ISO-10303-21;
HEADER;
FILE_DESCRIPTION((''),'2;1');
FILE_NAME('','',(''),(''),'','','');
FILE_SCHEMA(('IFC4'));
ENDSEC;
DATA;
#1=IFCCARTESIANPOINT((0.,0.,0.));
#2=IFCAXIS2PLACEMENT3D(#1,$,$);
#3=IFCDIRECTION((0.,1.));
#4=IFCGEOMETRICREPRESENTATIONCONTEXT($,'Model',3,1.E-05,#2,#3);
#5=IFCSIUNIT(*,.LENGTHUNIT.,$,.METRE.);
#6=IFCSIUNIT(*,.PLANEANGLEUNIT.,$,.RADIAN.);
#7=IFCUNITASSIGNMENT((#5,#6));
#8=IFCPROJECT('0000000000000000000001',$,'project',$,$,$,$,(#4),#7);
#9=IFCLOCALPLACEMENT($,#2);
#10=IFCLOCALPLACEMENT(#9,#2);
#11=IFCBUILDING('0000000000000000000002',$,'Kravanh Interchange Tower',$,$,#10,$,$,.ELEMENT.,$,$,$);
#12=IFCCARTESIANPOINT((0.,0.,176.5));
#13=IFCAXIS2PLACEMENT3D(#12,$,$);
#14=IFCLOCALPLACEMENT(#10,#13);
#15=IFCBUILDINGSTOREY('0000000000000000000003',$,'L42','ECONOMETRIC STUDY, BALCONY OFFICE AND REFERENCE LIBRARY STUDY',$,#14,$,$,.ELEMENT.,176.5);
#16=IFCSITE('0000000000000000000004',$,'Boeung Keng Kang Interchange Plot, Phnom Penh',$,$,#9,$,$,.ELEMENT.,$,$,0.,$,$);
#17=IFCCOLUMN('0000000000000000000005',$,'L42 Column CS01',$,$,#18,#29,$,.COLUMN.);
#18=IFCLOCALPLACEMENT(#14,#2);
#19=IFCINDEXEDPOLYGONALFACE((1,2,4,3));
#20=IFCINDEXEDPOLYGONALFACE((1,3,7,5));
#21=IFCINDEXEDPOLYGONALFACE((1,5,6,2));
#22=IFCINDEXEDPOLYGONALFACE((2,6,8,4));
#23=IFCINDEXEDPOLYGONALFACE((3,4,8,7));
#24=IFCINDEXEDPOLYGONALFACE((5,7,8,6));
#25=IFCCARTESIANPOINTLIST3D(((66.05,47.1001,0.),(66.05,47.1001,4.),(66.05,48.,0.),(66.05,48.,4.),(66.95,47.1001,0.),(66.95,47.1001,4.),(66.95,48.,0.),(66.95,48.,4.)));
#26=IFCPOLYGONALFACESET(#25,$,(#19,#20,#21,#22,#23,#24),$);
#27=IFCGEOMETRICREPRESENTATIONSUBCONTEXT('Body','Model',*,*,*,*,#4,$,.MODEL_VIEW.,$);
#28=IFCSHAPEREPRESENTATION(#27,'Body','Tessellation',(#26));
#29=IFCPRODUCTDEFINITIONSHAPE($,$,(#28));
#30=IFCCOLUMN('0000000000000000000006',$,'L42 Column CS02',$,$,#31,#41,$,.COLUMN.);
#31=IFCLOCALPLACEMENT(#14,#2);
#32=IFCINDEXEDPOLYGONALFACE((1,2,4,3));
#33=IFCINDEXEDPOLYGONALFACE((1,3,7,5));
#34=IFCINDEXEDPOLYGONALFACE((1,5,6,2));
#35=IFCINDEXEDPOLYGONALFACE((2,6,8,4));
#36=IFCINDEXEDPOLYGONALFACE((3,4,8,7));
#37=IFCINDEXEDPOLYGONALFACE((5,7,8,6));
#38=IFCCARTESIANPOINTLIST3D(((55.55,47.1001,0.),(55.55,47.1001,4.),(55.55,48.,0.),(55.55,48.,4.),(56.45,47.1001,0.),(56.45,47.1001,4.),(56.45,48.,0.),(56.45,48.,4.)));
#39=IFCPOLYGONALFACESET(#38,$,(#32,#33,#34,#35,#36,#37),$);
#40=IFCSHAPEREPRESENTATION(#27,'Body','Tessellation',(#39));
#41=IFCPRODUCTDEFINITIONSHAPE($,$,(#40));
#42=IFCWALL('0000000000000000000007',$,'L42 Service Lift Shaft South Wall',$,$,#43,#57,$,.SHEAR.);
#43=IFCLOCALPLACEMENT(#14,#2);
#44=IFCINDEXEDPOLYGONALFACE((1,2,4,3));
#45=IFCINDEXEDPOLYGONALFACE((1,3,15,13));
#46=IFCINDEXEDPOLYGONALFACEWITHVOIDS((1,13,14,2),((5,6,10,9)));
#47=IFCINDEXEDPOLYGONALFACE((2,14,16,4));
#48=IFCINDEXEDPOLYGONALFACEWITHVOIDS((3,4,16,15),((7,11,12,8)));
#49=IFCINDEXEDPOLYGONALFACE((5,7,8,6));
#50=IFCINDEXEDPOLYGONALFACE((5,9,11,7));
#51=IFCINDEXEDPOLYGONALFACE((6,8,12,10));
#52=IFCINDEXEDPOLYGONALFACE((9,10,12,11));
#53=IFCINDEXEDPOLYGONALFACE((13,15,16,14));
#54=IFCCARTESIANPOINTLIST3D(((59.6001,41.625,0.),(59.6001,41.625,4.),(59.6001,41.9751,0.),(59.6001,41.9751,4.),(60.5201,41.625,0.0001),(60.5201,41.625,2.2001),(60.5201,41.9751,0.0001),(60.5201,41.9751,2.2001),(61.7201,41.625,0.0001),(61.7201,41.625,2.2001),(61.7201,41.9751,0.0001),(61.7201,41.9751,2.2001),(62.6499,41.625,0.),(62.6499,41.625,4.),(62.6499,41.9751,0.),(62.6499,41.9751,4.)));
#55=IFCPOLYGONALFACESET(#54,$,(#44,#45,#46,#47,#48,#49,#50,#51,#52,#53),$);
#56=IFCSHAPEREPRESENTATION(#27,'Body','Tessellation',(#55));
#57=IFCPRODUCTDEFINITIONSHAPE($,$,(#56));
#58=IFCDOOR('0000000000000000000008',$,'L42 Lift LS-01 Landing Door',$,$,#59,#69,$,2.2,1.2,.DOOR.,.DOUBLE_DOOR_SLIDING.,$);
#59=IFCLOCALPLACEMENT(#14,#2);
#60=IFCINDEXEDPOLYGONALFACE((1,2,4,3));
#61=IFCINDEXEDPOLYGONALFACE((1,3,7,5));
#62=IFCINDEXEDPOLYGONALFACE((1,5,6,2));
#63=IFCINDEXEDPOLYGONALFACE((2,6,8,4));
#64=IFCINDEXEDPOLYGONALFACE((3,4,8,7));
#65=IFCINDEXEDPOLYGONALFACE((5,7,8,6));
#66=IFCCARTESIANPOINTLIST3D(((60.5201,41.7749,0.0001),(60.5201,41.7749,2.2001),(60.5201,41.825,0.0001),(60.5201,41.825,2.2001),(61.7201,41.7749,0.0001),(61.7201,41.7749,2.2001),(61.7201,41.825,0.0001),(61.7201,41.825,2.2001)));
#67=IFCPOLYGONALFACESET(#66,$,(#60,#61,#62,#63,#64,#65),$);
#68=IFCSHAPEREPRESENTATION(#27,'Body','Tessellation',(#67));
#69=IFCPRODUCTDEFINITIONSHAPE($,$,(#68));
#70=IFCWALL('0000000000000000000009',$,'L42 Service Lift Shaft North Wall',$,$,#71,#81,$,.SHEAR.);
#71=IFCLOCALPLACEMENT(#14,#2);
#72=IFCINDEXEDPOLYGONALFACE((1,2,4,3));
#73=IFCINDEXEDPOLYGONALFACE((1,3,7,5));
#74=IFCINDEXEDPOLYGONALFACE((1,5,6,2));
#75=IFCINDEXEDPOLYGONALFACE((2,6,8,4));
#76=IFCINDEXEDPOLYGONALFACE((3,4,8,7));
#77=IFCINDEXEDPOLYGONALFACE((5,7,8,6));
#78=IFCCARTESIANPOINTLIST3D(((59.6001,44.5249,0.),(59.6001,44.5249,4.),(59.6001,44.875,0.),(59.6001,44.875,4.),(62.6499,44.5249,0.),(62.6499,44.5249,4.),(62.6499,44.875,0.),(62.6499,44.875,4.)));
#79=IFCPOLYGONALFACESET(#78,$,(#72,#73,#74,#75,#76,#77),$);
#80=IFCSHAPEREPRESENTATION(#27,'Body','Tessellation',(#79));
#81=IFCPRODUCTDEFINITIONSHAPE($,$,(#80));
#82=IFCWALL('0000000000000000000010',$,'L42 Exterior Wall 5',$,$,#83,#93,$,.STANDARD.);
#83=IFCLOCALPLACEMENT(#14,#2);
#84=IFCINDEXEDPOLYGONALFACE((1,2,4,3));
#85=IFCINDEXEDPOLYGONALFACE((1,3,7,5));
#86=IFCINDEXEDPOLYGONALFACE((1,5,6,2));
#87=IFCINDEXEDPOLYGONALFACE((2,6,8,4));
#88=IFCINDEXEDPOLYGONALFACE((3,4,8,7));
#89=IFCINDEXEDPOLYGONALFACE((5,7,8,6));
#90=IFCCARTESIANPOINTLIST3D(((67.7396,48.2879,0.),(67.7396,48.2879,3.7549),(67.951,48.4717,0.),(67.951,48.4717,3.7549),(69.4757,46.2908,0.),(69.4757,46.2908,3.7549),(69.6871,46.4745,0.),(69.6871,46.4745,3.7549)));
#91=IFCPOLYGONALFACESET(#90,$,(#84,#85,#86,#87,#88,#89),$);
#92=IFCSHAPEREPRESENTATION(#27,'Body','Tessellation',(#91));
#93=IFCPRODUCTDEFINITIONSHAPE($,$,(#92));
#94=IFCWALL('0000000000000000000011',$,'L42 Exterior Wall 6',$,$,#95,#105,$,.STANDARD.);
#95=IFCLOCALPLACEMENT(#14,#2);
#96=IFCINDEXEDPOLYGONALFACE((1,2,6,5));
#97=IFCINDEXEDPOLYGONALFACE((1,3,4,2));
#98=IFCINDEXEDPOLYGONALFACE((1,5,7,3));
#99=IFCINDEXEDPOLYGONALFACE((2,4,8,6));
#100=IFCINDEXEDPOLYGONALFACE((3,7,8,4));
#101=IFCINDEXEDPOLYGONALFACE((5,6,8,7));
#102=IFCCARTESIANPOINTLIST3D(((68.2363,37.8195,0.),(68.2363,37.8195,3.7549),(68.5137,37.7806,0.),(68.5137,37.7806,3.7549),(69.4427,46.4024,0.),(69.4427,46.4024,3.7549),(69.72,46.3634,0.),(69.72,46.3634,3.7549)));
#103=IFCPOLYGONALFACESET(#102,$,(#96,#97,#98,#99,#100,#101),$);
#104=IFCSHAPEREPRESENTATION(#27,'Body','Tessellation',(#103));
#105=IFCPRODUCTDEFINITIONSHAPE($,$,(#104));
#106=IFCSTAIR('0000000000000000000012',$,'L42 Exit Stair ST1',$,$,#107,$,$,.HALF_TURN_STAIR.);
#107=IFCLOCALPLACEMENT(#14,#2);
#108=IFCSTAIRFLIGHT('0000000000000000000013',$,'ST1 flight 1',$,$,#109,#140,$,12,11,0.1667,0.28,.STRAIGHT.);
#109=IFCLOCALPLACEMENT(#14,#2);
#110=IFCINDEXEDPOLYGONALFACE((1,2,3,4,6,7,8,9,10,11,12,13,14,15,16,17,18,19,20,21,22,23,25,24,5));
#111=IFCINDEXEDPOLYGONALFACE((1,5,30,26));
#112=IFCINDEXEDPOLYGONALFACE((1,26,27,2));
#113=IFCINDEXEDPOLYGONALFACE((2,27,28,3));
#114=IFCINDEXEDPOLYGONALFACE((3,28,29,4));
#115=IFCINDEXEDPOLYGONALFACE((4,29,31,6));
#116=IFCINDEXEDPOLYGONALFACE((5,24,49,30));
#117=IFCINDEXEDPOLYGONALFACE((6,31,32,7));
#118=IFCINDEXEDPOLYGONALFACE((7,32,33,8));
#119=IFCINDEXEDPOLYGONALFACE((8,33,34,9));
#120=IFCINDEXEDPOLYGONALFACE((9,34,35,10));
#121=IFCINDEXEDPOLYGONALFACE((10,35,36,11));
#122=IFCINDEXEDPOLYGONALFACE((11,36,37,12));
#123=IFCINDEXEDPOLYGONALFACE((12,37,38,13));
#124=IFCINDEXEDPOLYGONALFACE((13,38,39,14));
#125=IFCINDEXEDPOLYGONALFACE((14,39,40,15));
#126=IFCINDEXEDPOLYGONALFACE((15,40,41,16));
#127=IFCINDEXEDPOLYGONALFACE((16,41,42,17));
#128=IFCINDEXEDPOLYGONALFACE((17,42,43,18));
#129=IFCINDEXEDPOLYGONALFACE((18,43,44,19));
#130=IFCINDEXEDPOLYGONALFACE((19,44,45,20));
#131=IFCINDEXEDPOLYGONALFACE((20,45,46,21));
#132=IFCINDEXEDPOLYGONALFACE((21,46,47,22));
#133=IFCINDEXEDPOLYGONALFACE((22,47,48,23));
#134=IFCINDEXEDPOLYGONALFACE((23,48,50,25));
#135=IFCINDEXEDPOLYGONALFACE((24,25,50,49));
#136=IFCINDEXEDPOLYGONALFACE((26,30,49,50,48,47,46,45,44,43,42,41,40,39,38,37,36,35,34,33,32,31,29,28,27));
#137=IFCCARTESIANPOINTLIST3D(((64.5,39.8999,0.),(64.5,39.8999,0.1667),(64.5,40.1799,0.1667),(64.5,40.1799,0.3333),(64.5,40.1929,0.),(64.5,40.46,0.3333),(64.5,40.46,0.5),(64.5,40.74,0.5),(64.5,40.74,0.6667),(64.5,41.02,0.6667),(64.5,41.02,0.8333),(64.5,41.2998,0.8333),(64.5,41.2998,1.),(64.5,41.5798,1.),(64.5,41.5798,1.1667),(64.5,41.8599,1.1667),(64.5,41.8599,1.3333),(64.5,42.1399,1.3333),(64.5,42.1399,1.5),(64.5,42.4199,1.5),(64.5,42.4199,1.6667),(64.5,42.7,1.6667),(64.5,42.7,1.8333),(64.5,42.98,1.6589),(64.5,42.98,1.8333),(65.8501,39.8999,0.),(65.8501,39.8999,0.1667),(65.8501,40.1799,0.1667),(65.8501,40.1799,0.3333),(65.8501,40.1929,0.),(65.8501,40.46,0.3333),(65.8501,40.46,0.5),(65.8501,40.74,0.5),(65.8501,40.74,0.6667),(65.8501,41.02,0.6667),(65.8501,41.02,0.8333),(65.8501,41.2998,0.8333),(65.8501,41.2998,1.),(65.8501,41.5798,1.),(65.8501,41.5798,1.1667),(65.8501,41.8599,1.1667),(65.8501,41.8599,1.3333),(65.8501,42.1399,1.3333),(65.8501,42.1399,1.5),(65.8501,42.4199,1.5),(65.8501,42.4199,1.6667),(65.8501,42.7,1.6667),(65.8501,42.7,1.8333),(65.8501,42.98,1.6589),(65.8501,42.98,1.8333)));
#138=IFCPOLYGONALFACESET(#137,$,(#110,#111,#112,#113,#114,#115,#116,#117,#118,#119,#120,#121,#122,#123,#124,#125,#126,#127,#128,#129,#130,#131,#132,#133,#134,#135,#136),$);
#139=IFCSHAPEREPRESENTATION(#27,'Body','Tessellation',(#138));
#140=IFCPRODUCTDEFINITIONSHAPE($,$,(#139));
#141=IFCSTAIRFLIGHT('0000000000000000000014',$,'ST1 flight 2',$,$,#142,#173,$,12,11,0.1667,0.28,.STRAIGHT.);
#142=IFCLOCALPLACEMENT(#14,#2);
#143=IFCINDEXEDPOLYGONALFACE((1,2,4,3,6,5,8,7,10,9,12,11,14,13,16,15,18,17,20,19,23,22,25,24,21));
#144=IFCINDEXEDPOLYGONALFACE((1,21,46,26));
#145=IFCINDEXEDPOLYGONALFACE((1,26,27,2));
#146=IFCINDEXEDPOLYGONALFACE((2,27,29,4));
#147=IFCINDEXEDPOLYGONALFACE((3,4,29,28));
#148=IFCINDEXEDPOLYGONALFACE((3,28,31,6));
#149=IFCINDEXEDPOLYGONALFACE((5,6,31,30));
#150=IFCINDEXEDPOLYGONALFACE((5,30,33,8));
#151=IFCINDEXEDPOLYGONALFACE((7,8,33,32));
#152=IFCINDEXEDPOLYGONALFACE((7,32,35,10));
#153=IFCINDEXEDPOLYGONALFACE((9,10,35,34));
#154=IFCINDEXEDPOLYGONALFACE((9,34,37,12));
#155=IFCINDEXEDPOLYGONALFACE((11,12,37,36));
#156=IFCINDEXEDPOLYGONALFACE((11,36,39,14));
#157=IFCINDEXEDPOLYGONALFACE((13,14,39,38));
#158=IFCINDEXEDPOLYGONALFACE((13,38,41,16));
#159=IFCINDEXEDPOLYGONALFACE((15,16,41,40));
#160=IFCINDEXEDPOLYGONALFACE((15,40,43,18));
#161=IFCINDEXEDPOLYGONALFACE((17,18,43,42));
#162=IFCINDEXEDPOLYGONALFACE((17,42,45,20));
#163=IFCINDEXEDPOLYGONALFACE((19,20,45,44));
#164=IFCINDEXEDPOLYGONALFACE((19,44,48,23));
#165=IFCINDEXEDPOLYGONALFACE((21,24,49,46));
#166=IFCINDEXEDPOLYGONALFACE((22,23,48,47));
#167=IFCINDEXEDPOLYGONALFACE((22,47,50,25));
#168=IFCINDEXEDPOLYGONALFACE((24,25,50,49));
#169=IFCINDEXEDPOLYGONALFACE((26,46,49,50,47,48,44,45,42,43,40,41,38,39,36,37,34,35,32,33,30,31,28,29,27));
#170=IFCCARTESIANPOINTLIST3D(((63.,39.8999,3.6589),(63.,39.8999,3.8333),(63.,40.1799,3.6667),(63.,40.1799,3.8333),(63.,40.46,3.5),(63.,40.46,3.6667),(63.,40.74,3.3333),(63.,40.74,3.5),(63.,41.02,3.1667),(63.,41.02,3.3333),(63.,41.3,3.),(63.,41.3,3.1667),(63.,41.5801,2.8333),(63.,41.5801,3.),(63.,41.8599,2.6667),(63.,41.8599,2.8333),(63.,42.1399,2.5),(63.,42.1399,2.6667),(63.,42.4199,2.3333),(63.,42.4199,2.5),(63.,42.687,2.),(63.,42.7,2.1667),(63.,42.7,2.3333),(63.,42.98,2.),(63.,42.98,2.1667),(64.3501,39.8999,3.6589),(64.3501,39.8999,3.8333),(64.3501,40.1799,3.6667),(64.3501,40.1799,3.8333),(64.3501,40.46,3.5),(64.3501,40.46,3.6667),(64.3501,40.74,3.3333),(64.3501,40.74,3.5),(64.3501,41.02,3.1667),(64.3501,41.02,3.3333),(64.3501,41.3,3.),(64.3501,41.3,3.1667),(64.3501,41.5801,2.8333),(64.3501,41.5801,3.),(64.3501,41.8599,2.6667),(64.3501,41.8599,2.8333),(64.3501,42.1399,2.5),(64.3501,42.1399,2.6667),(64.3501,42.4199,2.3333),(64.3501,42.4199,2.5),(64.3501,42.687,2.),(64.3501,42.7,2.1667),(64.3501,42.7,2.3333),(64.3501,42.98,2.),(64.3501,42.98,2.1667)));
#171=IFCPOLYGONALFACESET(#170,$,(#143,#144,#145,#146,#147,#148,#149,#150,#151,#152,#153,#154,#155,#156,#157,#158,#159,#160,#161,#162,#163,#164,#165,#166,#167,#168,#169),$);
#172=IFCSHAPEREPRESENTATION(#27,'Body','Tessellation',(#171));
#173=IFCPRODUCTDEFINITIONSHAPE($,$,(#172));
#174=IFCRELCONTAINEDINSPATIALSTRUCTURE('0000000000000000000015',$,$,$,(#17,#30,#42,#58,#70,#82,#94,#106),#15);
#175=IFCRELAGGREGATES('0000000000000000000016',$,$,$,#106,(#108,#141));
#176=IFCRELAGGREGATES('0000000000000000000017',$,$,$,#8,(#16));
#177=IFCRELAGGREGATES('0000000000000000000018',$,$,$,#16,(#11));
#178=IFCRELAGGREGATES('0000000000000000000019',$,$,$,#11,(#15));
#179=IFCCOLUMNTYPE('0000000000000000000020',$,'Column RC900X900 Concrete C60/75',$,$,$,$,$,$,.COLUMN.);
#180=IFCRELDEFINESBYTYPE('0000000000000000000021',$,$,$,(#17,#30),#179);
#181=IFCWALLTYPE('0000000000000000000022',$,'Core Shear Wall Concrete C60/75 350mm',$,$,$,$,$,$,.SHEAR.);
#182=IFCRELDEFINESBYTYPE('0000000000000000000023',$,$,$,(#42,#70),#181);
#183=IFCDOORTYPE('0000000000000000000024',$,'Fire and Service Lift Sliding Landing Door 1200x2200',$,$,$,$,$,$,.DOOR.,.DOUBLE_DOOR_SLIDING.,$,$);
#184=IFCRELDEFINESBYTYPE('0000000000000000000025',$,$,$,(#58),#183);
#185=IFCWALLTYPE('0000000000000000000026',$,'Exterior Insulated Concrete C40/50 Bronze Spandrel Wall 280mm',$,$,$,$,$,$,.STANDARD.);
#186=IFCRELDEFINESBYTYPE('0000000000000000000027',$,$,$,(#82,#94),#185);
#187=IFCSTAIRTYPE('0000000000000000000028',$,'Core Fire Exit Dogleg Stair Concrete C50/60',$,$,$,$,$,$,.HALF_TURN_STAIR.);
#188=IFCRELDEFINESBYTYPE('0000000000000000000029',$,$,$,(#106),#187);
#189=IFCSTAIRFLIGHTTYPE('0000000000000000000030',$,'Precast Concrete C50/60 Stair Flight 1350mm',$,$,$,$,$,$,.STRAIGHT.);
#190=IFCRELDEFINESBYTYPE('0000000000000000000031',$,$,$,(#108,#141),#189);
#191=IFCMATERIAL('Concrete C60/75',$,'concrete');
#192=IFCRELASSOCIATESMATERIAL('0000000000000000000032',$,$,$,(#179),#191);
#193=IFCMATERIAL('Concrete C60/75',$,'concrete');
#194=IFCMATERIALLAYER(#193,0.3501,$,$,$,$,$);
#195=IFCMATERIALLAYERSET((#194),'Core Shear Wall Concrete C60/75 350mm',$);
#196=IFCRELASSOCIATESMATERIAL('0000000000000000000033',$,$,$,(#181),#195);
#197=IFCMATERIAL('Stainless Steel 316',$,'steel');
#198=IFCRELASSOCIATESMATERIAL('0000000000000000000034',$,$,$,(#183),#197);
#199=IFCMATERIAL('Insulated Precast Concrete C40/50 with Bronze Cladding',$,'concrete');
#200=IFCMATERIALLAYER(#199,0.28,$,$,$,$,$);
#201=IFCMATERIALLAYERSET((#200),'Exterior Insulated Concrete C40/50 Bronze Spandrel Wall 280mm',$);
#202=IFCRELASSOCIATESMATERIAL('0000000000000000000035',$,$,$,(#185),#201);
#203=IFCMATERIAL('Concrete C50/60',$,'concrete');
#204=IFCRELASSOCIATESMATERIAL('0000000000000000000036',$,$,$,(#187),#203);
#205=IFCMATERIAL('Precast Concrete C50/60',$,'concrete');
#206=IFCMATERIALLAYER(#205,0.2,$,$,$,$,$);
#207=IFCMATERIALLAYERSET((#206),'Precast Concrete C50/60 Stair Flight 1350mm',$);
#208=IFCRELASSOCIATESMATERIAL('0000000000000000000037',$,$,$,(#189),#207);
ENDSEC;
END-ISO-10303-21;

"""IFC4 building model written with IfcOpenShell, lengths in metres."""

from ifc_helpers import new_model, si_unit, direction, frame, frame_2d, origin, origin_2d, place, context, subcontext, project, spatial, polyline, rectangle, outline, extrude, material, layer, layer_set, material_profile, profile_set, type_object, element, fill, aggregate, save


model = new_model("IFC4")

# Units and contexts
model_context = context("Model", 3, precision=1e-05, world=origin(), true_north=direction((0.0, 1.0)))
body_context = subcontext(model_context, "Body", "Model", "MODEL_VIEW")
ifc_project = project(units=[si_unit("LENGTHUNIT", "METRE"), si_unit("PLANEANGLEUNIT", "RADIAN")], contexts=[model_context])

# Site, building, storey
site_placement = place(None, origin())
site = spatial("IfcSite", under=ifc_project, at=site_placement, Name="Boeung Keng Kang Interchange Plot, Phnom Penh", CompositionType="ELEMENT", RefElevation=0.0)
building_placement = place(site_placement, origin())
building = spatial("IfcBuilding", under=site, at=building_placement, Name="Kravanh Interchange Tower", CompositionType="ELEMENT")
storey_placement = place(building_placement, frame((0.0, 0.0, 176.5)))
storey = spatial("IfcBuildingStorey", under=building, at=storey_placement, Name="L42", Description="ECONOMETRIC STUDY, BALCONY OFFICE AND REFERENCE LIBRARY STUDY", CompositionType="ELEMENT", Elevation=176.5)

# Columns
ifc_material_1 = material(Name="Concrete C60/75", Category="concrete")
ifc_material_profile = material_profile(ifc_material_1, rectangle(XDim=0.8999, YDim=0.8999, at=origin_2d()), Name="RC900X900")
ifc_profile_set = profile_set([ifc_material_profile], Name="Concrete C60/75")
column_type = type_object("IfcColumnType", Name="Column RC900X900 Concrete C60/75", PredefinedType="COLUMN", material=ifc_profile_set)
for number, where, z_axis, x_axis, name in (
    (1, (66.5, 47.55, 0.0), (0.0, 0.0, 1.0), (1.0, 0.0, 0.0), "L42 Column CS01"),
    (2, (56.0, 47.55, 0.0), (0.0, 0.0, 1.0), (1.0, 0.0, 0.0), "L42 Column CS02"),
):
    element("IfcColumn", number, at=place(storey_placement, frame(where, z_axis=z_axis, x_axis=x_axis)), inside=storey, type_object=column_type, Name=name, PredefinedType="COLUMN", context=body_context, shape_type="SweptSolid", body=[
        extrude(rectangle(XDim=0.8999, YDim=0.8999, at=origin_2d()), origin(), (0.0, 0.0, 1.0), 4.0),
    ])

# Wall, opening, door
ifc_material_2 = material(Name="Concrete C60/75", Category="concrete")
ifc_layer_1 = layer(ifc_material_2, 0.3501)
ifc_layer_set_1 = layer_set([ifc_layer_1], Name="Core Shear Wall Concrete C60/75 350mm")
wall_type_1 = type_object("IfcWallType", Name="Core Shear Wall Concrete C60/75 350mm", PredefinedType="SHEAR", material=ifc_layer_set_1)
wall_1_placement = place(storey_placement, frame((59.6001, 41.8, 0.0), z_axis=(0.0, 0.0, 1.0), x_axis=(1.0, 0.0, 0.0)))
wall_1 = element("IfcWall", 3, at=wall_1_placement, inside=storey, type_object=wall_type_1, Name="L42 Service Lift Shaft South Wall", PredefinedType="SHEAR", context=body_context, shape_type="SweptSolid", body=[
    extrude(rectangle(XDim=3.0498, YDim=0.3501, at=frame_2d((1.5249, 0.0))), origin(), (0.0, 0.0, 1.0), 4.0),
])
opening_placement = place(wall_1_placement, frame((0.9199, 0.0, 0.0)))
opening = element("IfcOpeningElement", 4, at=opening_placement, cuts=wall_1, PredefinedType="OPENING", context=body_context, shape_type="SweptSolid", body=[
    extrude(rectangle(XDim=1.2, YDim=2.2, at=frame_2d((0.6001, 1.1001))), frame((0.0, 0.1851, 0.0), z_axis=(0.0, -1.0, 0.0), x_axis=(1.0, 0.0, 0.0)), (0.0, 0.0, 1.0), 0.3701),
])
ifc_material_3 = material(Name="Stainless Steel 316", Category="steel")
door_type = type_object("IfcDoorType", Name="Fire and Service Lift Sliding Landing Door 1200x2200", OperationType="DOUBLE_DOOR_SLIDING", PredefinedType="DOOR", material=ifc_material_3)
door_placement = place(opening_placement, origin())
door = element("IfcDoor", 5, at=door_placement, inside=storey, type_object=door_type, Name="L42 Lift LS-01 Landing Door", OperationType="DOUBLE_DOOR_SLIDING", OverallHeight=2.2, OverallWidth=1.2, PredefinedType="DOOR", context=body_context, shape_type="SweptSolid", body=[
    extrude(rectangle(XDim=1.2, YDim=2.2, at=frame_2d((0.6001, 1.1001))), frame((0.0, 0.0249, 0.0), z_axis=(0.0, -1.0, 0.0), x_axis=(1.0, 0.0, 0.0)), (0.0, 0.0, 1.0), 0.05),
])
fill(opening, door)

# Walls
wall_2_placement = place(storey_placement, frame((59.6001, 44.7, 0.0), z_axis=(0.0, 0.0, 1.0), x_axis=(1.0, 0.0, 0.0)))
element("IfcWall", 6, at=wall_2_placement, inside=storey, type_object=wall_type_1, Name="L42 Service Lift Shaft North Wall", PredefinedType="SHEAR", context=body_context, shape_type="SweptSolid", body=[
    extrude(rectangle(XDim=3.0498, YDim=0.3501, at=frame_2d((1.5249, 0.0))), origin(), (0.0, 0.0, 1.0), 4.0),
])
ifc_material_4 = material(Name="Insulated Precast Concrete C40/50 with Bronze Cladding", Category="concrete")
ifc_layer_2 = layer(ifc_material_4, 0.28)
ifc_layer_set_2 = layer_set([ifc_layer_2], Name="Exterior Insulated Concrete C40/50 Bronze Spandrel Wall 280mm")
wall_type_2 = type_object("IfcWallType", Name="Exterior Insulated Concrete C40/50 Bronze Spandrel Wall 280mm", PredefinedType="STANDARD", material=ifc_layer_set_2)
wall_3_placement = place(storey_placement, frame((67.8452, 48.3799, 0.0), z_axis=(0.0, 0.0, 1.0), x_axis=(0.656071, -0.754699, 0.0)))
element("IfcWall", 7, at=wall_3_placement, inside=storey, type_object=wall_type_2, Name="L42 Exterior Wall 5", PredefinedType="STANDARD", context=body_context, shape_type="SweptSolid", body=[
    extrude(rectangle(XDim=2.6462, YDim=0.28, at=frame_2d((1.3232, 0.0))), origin(), (0.0, 0.0, 1.0), 3.7549),
])
wall_4_placement = place(storey_placement, frame((69.5813, 46.3828, 0.0), z_axis=(0.0, 0.0, 1.0), x_axis=(-0.139181, -0.990267, 0.0)))
element("IfcWall", 8, at=wall_4_placement, inside=storey, type_object=wall_type_2, Name="L42 Exterior Wall 6", PredefinedType="STANDARD", context=body_context, shape_type="SweptSolid", body=[
    extrude(rectangle(XDim=8.6672, YDim=0.28, at=frame_2d((4.3335, 0.0))), origin(), (0.0, 0.0, 1.0), 3.7549),
])

# Stair, stair flights
ifc_material_5 = material(Name="Concrete C50/60", Category="concrete")
stair_type = type_object("IfcStairType", Name="Core Fire Exit Dogleg Stair Concrete C50/60", PredefinedType="HALF_TURN_STAIR", material=ifc_material_5)
stair_1_placement = place(storey_placement, origin())
stair_1 = element("IfcStair", 9, at=stair_1_placement, inside=storey, type_object=stair_type, Name="L42 Exit Stair ST1", PredefinedType="HALF_TURN_STAIR")
ifc_material_6 = material(Name="Precast Concrete C50/60", Category="concrete")
ifc_layer_3 = layer(ifc_material_6, 0.2)
ifc_layer_set_3 = layer_set([ifc_layer_3], Name="Precast Concrete C50/60 Stair Flight 1350mm")
stair_flight_type = type_object("IfcStairFlightType", Name="Precast Concrete C50/60 Stair Flight 1350mm", PredefinedType="STRAIGHT", material=ifc_layer_set_3)
stair_flight_1_placement = place(storey_placement, frame((65.175, 39.8999, 0.0), z_axis=(0.0, 0.0, 1.0), x_axis=(0.0, 1.0, 0.0)))
stair_flight_1 = element("IfcStairFlight", 10, at=stair_flight_1_placement, type_object=stair_flight_type, Name="ST1 flight 1", NumberOfRisers=12, NumberOfTreads=11, PredefinedType="STRAIGHT", RiserHeight=0.1667, TreadLength=0.28, context=body_context, shape_type="SweptSolid", body=[
    extrude(outline(polyline([(0.0, 0.0), (0.0, 0.1667), (0.28, 0.1667), (0.28, 0.3333), (0.5601, 0.3333), (0.5601, 0.5), (0.8401, 0.5), (0.8401, 0.6667), (1.1201, 0.6667), (1.1201, 0.8333), (1.3999, 0.8333), (1.3999, 1.0), (1.6799, 1.0), (1.6799, 1.1667), (1.96, 1.1667), (1.96, 1.3333), (2.24, 1.3333), (2.24, 1.5), (2.52, 1.5), (2.52, 1.6667), (2.8, 1.6667), (2.8, 1.8333), (3.0801, 1.8333), (3.0801, 2.0), (3.0801, 1.6589), (0.293, 0.0), (0.0, 0.0)])), frame((0.0, 0.675, 0.0), z_axis=(0.0, -1.0, 0.0), x_axis=(1.0, 0.0, 0.0)), (0.0, 0.0, 1.0), 1.3501),
])
stair_flight_2_placement = place(storey_placement, frame((63.675, 42.98, 2.0), z_axis=(0.0, 0.0, 1.0), x_axis=(0.0, -1.0, 0.0)))
stair_flight_2 = element("IfcStairFlight", 11, at=stair_flight_2_placement, type_object=stair_flight_type, Name="ST1 flight 2", NumberOfRisers=12, NumberOfTreads=11, PredefinedType="STRAIGHT", RiserHeight=0.1667, TreadLength=0.28, context=body_context, shape_type="SweptSolid", body=[
    extrude(outline(polyline([(0.0, 0.0), (0.0, 0.1667), (0.28, 0.1667), (0.28, 0.3333), (0.5601, 0.3333), (0.5601, 0.5), (0.8401, 0.5), (0.8401, 0.6667), (1.1201, 0.6667), (1.1201, 0.8333), (1.3999, 0.8333), (1.3999, 1.0), (1.6799, 1.0), (1.6799, 1.1667), (1.96, 1.1667), (1.96, 1.3333), (2.24, 1.3333), (2.24, 1.5), (2.52, 1.5), (2.52, 1.6667), (2.8, 1.6667), (2.8, 1.8333), (3.0801, 1.8333), (3.0801, 2.0), (3.0801, 1.6589), (0.293, 0.0), (0.0, 0.0)])), frame((0.0, 0.675, 0.0), z_axis=(0.0, -1.0, 0.0), x_axis=(1.0, 0.0, 0.0)), (0.0, 0.0, 1.0), 1.3501),
])
aggregate(stair_1, [stair_flight_1, stair_flight_2])

save(model, "model.ifc")
